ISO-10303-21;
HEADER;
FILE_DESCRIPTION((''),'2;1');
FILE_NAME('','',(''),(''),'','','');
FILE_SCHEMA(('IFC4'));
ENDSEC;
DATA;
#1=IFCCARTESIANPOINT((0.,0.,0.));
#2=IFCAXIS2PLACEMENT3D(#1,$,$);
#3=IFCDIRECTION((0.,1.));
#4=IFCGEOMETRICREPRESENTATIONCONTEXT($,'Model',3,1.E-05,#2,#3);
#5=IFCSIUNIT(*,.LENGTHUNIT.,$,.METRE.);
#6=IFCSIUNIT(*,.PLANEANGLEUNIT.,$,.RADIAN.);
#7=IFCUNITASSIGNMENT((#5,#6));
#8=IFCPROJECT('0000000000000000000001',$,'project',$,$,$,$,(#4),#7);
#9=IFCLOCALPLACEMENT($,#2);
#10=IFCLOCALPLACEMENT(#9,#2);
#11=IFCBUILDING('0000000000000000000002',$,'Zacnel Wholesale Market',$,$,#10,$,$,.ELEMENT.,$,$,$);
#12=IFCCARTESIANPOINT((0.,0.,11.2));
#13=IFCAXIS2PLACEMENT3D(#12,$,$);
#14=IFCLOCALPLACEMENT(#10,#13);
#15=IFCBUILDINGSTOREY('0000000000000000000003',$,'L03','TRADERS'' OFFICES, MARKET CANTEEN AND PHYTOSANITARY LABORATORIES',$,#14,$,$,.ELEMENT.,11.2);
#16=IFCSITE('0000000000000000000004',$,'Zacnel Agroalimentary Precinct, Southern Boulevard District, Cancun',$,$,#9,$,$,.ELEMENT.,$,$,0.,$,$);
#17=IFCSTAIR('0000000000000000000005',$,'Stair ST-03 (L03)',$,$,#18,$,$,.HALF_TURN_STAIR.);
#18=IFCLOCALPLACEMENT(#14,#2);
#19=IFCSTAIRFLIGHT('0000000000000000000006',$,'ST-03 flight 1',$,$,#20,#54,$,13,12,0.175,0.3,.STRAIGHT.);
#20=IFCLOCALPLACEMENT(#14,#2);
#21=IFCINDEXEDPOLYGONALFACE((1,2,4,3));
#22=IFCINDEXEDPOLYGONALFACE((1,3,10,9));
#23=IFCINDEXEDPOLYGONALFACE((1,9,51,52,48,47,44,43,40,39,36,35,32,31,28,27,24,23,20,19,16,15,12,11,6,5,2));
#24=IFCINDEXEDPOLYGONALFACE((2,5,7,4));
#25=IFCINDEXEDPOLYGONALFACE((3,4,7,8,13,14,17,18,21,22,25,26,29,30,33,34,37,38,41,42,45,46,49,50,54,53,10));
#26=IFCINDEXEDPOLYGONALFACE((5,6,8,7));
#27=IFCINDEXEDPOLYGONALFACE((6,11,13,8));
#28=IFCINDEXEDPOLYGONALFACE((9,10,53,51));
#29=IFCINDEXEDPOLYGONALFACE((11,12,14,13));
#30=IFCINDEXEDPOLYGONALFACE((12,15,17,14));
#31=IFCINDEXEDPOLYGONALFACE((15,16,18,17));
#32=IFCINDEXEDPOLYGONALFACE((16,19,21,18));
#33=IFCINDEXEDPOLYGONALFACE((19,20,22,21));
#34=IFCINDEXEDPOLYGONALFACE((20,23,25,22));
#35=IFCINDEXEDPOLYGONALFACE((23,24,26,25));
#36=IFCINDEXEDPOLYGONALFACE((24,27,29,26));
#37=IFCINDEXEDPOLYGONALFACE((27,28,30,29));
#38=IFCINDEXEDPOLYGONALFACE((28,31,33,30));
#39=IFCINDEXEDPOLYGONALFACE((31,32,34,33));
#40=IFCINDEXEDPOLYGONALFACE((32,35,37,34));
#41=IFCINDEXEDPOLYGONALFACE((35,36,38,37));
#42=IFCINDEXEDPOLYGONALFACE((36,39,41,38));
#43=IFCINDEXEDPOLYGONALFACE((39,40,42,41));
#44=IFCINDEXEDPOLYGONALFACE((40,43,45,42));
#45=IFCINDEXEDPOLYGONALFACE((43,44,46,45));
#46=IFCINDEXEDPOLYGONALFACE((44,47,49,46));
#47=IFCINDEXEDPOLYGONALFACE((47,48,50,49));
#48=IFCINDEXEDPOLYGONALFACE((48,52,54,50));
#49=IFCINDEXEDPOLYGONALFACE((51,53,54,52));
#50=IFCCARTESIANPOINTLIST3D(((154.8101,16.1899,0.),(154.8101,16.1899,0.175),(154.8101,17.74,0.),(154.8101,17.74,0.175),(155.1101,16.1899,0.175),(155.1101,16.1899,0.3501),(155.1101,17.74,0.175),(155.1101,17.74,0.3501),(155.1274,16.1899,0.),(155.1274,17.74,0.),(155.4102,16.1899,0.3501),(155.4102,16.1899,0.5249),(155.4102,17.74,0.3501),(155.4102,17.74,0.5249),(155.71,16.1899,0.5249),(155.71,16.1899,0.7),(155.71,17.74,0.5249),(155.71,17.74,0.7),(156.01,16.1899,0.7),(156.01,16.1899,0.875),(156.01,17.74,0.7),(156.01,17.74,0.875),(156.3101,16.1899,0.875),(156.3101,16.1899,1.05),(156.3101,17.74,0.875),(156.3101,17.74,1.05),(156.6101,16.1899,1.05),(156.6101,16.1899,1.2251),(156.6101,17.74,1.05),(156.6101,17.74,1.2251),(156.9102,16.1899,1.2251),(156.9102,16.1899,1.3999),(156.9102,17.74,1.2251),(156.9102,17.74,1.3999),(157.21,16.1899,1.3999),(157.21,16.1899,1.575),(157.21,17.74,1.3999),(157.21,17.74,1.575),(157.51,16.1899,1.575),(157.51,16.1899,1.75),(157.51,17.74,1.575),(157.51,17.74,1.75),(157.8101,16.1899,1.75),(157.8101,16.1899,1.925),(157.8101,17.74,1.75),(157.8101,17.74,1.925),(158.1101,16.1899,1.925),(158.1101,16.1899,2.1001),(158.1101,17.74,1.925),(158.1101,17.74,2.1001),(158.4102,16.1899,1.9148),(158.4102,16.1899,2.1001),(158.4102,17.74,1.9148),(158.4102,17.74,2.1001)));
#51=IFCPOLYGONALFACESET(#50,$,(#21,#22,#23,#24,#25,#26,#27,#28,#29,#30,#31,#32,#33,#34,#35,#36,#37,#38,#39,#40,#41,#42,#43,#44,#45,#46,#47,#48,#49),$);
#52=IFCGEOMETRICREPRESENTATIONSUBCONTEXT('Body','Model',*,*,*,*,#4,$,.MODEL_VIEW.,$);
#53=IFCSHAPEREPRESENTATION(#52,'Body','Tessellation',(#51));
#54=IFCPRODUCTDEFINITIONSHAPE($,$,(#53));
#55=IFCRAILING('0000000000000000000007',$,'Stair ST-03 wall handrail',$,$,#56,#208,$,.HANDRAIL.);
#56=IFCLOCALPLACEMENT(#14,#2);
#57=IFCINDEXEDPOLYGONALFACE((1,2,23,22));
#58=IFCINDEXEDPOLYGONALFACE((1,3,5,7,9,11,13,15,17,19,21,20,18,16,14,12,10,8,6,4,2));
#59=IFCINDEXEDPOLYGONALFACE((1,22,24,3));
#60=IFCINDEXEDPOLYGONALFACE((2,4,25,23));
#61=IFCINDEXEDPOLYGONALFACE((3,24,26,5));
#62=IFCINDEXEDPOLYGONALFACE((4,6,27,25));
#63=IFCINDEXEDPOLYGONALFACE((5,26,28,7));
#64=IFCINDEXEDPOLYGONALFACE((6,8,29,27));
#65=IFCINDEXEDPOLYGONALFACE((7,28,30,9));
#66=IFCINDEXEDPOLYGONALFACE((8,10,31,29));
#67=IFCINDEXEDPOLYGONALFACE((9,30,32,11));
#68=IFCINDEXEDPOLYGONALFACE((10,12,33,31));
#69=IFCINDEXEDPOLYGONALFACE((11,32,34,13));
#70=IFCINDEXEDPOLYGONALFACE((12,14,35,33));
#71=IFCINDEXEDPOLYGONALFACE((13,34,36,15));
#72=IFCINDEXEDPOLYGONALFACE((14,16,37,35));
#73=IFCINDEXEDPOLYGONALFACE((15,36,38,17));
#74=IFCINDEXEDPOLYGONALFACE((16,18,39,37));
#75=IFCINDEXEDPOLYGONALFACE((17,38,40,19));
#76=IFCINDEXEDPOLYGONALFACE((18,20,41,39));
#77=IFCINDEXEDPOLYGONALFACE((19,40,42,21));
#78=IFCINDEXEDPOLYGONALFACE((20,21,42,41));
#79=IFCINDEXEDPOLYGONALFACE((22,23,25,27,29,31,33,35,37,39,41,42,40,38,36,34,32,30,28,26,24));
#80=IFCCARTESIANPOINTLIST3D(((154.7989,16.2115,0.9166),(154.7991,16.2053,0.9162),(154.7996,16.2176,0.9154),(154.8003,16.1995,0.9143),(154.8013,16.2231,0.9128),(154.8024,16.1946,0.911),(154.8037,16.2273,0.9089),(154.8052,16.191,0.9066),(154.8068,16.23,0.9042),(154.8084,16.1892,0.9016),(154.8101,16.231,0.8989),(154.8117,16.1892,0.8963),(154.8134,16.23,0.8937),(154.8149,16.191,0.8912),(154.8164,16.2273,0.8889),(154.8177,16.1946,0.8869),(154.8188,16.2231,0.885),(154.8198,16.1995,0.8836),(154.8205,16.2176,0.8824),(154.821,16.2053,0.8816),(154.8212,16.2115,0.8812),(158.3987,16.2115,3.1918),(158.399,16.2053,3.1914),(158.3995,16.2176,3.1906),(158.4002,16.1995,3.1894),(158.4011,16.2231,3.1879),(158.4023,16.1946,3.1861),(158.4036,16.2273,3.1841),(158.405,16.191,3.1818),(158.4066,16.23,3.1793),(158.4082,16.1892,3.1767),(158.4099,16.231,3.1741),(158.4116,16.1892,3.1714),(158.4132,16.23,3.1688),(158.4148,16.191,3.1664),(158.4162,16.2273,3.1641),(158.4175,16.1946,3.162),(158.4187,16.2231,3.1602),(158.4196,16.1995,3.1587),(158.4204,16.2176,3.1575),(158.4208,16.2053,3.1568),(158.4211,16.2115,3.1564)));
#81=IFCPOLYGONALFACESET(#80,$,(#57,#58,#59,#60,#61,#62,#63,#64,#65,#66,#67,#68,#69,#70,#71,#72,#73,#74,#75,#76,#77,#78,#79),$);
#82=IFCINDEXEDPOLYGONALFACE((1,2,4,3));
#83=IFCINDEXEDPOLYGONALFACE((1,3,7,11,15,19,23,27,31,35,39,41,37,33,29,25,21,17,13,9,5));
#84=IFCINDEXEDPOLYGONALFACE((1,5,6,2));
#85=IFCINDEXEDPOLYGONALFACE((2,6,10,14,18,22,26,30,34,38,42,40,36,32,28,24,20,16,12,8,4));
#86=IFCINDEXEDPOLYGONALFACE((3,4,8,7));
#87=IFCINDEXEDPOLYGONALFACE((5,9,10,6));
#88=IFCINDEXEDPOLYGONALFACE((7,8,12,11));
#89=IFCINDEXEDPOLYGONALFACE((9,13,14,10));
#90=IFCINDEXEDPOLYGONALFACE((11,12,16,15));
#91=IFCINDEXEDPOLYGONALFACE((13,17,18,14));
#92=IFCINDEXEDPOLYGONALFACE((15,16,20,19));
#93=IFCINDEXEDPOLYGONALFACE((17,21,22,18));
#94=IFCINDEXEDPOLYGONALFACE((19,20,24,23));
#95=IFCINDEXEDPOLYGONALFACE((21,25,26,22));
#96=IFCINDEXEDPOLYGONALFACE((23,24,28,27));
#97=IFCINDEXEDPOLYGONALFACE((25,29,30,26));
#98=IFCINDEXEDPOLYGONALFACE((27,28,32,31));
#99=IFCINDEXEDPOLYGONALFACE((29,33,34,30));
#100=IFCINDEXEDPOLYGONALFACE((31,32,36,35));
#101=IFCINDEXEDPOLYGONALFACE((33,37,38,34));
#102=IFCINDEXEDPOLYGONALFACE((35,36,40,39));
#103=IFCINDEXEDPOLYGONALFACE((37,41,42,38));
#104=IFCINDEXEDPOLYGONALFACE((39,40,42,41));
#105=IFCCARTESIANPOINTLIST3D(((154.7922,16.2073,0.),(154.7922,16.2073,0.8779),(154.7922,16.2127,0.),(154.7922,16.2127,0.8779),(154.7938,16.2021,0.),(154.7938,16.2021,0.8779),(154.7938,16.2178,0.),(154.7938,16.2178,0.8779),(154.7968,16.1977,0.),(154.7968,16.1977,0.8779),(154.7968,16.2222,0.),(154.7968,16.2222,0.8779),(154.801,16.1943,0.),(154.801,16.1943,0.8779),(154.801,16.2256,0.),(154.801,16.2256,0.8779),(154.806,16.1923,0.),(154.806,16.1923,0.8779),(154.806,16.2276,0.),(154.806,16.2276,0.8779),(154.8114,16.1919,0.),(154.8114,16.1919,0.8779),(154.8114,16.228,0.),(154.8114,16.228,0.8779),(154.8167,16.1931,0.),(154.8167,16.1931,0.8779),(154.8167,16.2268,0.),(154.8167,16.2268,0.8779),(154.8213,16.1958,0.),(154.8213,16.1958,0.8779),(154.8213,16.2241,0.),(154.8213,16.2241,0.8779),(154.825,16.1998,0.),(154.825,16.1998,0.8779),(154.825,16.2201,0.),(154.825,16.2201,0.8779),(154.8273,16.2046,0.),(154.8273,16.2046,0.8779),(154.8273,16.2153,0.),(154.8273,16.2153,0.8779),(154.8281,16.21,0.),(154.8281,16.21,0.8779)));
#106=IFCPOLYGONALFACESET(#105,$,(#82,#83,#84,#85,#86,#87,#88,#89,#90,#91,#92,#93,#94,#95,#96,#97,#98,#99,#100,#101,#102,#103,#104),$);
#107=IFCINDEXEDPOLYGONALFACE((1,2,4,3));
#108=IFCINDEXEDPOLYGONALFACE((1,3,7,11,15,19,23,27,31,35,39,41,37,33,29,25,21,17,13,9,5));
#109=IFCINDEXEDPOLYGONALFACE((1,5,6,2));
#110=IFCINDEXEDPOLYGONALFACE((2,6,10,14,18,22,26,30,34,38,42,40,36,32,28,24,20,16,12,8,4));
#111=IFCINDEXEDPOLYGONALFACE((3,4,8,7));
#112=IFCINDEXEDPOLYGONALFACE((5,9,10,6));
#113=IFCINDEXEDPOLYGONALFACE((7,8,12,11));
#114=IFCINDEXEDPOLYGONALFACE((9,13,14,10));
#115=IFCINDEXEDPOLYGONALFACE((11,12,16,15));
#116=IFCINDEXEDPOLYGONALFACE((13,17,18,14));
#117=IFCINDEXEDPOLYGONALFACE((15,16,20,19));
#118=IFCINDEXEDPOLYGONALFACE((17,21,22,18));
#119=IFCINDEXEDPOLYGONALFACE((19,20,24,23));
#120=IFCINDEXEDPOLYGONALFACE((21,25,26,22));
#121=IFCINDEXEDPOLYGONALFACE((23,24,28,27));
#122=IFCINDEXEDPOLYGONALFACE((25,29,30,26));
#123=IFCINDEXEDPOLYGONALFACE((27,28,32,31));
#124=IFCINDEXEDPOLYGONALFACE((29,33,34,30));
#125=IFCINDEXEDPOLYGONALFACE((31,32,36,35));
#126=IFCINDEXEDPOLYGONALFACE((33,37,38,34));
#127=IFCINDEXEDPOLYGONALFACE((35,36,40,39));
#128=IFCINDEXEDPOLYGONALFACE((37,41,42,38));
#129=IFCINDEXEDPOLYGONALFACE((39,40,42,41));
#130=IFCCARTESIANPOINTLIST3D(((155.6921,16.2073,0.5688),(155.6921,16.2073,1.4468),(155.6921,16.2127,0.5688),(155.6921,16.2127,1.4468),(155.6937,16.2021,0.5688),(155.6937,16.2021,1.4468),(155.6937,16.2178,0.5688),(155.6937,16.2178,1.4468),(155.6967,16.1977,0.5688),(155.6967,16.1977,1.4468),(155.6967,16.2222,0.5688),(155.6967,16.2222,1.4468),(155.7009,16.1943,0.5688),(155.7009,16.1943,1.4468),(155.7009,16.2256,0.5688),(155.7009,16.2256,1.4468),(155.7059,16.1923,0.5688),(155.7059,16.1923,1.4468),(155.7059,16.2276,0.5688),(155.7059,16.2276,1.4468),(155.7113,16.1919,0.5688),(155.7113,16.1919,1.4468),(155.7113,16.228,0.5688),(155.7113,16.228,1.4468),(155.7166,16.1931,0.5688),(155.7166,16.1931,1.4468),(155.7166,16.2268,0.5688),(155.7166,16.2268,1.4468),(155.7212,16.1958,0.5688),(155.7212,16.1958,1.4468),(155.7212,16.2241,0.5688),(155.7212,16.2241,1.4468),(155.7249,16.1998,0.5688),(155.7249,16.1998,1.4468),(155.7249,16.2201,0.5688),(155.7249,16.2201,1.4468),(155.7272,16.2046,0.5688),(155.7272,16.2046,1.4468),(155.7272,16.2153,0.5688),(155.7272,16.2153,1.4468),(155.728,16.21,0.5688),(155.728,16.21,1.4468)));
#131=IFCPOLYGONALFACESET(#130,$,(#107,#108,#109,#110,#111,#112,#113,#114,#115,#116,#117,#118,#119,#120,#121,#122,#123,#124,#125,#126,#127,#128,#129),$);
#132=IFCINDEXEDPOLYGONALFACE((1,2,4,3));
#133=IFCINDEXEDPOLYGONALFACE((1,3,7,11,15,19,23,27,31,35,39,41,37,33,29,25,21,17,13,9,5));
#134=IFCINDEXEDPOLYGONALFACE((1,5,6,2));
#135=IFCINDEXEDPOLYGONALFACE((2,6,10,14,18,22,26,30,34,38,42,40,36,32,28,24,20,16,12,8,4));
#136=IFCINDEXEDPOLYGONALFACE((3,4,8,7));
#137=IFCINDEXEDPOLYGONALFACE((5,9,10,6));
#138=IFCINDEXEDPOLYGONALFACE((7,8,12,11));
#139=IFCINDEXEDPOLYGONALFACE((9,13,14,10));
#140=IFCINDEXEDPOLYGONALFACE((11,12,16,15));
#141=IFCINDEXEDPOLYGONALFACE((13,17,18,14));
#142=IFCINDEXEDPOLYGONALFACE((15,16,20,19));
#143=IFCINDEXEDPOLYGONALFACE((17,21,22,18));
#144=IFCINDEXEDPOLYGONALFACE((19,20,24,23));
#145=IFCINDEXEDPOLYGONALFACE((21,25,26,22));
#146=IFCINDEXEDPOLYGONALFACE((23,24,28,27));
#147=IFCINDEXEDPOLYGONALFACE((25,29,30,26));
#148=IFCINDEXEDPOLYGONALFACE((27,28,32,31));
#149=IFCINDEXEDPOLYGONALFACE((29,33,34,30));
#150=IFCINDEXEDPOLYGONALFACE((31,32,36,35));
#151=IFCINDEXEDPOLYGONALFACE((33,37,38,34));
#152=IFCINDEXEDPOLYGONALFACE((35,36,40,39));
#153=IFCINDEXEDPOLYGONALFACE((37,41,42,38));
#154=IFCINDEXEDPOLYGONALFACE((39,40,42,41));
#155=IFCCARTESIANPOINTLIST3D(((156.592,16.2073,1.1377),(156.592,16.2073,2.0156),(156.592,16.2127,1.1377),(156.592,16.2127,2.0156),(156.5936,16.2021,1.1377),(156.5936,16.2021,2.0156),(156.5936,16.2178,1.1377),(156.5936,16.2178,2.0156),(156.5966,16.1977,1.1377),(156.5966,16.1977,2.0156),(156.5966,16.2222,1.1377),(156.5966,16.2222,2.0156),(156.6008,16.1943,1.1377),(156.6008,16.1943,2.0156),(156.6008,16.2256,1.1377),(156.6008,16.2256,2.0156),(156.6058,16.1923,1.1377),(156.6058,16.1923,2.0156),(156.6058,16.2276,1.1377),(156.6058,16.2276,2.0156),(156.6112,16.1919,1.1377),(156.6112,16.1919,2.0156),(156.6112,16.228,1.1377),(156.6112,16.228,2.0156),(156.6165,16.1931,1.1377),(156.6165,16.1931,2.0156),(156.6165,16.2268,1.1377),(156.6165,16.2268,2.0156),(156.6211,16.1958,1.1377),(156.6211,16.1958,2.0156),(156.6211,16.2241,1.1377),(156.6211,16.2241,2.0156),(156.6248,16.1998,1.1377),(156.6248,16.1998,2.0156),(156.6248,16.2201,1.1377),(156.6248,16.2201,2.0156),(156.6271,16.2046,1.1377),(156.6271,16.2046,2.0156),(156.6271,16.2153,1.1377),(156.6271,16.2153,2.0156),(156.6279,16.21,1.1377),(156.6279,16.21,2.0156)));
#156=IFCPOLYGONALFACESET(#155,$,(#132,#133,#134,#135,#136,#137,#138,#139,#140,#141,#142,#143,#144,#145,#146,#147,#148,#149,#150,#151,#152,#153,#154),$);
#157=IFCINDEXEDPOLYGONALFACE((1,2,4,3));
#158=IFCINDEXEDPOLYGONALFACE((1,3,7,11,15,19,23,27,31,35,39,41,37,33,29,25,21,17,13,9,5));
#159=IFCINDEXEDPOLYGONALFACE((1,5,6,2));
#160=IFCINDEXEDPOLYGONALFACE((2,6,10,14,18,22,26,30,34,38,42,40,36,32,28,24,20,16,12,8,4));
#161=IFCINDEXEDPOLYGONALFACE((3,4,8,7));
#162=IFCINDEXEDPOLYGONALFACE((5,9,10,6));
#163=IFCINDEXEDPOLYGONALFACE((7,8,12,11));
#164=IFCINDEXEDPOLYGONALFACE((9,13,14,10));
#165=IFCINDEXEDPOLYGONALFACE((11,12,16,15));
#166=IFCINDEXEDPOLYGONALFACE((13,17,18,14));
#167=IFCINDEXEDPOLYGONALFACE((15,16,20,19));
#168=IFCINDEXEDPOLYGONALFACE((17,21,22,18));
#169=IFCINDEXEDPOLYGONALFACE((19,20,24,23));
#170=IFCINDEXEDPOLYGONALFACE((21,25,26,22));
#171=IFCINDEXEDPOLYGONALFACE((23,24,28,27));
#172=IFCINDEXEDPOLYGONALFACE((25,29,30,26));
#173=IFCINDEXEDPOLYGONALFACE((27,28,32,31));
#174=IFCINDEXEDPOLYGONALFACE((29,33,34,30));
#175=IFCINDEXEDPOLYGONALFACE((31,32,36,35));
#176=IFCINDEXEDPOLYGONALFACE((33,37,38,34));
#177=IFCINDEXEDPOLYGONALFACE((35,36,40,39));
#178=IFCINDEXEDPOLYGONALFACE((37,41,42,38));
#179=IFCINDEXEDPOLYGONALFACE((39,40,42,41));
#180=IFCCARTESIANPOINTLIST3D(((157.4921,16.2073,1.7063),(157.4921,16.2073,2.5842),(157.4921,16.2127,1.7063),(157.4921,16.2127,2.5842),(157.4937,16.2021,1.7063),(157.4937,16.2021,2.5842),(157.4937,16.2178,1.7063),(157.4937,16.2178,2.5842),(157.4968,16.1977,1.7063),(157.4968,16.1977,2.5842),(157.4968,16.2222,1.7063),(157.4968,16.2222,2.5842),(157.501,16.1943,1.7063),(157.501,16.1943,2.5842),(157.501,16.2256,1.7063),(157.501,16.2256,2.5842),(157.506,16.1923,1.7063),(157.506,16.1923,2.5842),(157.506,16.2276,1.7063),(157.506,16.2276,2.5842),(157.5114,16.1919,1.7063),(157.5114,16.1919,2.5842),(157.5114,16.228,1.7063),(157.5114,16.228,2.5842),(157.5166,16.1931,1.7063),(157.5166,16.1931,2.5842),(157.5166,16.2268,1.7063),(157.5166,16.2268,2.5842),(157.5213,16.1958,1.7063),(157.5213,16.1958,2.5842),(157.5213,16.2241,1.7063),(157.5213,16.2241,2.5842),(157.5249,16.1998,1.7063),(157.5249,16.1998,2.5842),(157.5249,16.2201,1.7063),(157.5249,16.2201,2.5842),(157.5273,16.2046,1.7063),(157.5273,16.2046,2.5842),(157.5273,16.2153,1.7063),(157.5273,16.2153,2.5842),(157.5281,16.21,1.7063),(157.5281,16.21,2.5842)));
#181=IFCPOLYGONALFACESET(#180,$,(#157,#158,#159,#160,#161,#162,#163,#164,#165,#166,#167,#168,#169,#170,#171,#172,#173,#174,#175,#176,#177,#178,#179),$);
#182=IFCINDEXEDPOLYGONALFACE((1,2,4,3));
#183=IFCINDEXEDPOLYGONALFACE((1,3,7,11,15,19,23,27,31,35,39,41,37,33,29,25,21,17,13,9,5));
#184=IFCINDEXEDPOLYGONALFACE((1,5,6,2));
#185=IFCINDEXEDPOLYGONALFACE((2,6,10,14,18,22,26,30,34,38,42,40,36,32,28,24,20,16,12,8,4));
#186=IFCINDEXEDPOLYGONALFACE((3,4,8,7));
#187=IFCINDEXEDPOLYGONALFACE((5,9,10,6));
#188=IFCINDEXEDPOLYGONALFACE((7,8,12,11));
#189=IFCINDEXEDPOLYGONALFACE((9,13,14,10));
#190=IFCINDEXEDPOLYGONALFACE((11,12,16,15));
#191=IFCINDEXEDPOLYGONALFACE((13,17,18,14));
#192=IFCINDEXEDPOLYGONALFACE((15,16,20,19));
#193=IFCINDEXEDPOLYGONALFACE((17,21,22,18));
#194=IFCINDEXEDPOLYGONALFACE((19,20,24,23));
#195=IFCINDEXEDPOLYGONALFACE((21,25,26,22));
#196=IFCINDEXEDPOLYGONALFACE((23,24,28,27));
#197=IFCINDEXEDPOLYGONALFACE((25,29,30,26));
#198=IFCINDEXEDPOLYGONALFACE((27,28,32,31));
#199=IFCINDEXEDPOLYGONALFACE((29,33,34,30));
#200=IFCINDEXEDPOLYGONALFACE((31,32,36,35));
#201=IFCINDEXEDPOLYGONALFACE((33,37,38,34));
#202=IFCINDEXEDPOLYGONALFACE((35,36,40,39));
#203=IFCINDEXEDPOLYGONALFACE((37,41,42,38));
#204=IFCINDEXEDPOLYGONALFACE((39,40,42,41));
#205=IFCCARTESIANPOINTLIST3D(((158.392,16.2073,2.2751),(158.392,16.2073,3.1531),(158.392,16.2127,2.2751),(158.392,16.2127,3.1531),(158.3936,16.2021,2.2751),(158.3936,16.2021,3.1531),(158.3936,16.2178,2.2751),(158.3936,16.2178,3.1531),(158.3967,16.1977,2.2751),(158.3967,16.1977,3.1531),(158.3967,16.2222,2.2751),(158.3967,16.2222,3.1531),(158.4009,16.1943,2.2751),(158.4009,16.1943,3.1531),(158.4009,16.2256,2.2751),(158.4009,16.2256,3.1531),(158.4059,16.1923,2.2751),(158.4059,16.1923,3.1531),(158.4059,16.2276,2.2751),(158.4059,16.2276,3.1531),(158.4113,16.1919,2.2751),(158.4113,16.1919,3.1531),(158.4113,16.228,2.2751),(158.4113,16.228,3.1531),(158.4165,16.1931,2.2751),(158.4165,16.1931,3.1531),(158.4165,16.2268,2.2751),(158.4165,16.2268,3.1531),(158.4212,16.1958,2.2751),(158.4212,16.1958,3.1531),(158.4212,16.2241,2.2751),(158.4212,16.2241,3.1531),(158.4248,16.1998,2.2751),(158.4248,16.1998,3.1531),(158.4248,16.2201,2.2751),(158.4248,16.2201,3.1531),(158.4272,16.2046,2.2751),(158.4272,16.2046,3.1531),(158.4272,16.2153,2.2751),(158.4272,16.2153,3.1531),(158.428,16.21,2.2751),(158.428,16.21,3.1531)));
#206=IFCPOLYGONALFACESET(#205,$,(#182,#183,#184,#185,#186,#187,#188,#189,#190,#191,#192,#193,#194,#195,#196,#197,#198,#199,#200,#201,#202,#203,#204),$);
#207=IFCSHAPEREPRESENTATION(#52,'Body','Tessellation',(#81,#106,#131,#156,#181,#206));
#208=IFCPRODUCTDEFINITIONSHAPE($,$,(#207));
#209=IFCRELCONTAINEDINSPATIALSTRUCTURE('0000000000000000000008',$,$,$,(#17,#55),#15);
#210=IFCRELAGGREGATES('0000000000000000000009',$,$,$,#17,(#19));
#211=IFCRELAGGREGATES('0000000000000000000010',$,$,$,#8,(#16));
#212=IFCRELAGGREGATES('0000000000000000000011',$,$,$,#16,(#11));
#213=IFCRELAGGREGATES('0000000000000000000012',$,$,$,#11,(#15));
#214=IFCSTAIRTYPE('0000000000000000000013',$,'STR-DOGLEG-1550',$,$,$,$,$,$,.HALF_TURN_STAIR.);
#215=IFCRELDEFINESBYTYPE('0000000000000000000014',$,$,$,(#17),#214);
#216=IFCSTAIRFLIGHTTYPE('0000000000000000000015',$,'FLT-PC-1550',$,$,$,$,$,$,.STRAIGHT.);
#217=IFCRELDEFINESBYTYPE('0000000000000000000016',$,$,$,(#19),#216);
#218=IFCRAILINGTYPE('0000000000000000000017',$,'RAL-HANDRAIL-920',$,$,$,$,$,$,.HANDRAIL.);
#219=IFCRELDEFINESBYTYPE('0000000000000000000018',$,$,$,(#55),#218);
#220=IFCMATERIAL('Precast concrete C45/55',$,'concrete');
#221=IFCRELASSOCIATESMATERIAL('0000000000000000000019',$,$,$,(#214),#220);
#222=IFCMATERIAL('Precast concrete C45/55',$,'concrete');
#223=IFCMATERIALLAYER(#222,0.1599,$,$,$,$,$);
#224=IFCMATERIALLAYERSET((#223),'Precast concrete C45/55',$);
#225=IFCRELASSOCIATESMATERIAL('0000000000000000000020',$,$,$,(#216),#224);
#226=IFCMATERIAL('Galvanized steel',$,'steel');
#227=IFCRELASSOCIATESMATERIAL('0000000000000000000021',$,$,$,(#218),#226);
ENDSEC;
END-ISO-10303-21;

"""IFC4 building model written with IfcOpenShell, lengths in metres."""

from ifc_helpers import new_model, si_unit, direction, frame, origin, origin_2d, place, context, subcontext, project, spatial, polyline, circle, outline, extrude, material, layer, layer_set, type_object, element, aggregate, save


model = new_model("IFC4")

# Units and contexts
model_context = context("Model", 3, precision=1e-05, world=origin(), true_north=direction((0.0, 1.0)))
body_context = subcontext(model_context, "Body", "Model", "MODEL_VIEW")
ifc_project = project(units=[si_unit("LENGTHUNIT", "METRE"), si_unit("PLANEANGLEUNIT", "RADIAN")], contexts=[model_context])

# Site, building, storey
site_placement = place(None, origin())
site = spatial("IfcSite", under=ifc_project, at=site_placement, Name="Zacnel Agroalimentary Precinct, Southern Boulevard District, Cancun", CompositionType="ELEMENT", RefElevation=0.0)
building_placement = place(site_placement, origin())
building = spatial("IfcBuilding", under=site, at=building_placement, Name="Zacnel Wholesale Market", CompositionType="ELEMENT")
storey_placement = place(building_placement, frame((0.0, 0.0, 11.2)))
storey = spatial("IfcBuildingStorey", under=building, at=storey_placement, Name="L03", Description="TRADERS' OFFICES, MARKET CANTEEN AND PHYTOSANITARY LABORATORIES", CompositionType="ELEMENT", Elevation=11.2)

# Stair, stair flight
ifc_material_1 = material(Name="Precast concrete C45/55", Category="concrete")
stair_type = type_object("IfcStairType", Name="STR-DOGLEG-1550", PredefinedType="HALF_TURN_STAIR", material=ifc_material_1)
stair_placement = place(storey_placement, origin())
stair = element("IfcStair", 1, at=stair_placement, inside=storey, type_object=stair_type, Name="Stair ST-03 (L03)", PredefinedType="HALF_TURN_STAIR")
ifc_material_2 = material(Name="Precast concrete C45/55", Category="concrete")
ifc_layer_1 = layer(ifc_material_2, 0.1599)
ifc_layer_set_1 = layer_set([ifc_layer_1], Name="Precast concrete C45/55")
stair_flight_type = type_object("IfcStairFlightType", Name="FLT-PC-1550", PredefinedType="STRAIGHT", material=ifc_layer_set_1)
stair_flight_placement = place(storey_placement, frame((154.8101, 16.9651, 0.0), z_axis=(0.0, 0.0, 1.0), x_axis=(1.0, 0.0, 0.0)))
stair_flight = element("IfcStairFlight", 2, at=stair_flight_placement, type_object=stair_flight_type, Name="ST-03 flight 1", NumberOfRisers=13, NumberOfTreads=12, PredefinedType="STRAIGHT", RiserHeight=0.175, TreadLength=0.3, context=body_context, shape_type="SweptSolid", body=[
    extrude(outline(polyline([(0.0, 0.0), (0.0, 0.175), (0.3, 0.175), (0.3, 0.3501), (0.6001, 0.3501), (0.6001, 0.5249), (0.8999, 0.5249), (0.8999, 0.7), (1.2, 0.7), (1.2, 0.875), (1.5, 0.875), (1.5, 1.05), (1.8, 1.05), (1.8, 1.2251), (2.1001, 1.2251), (2.1001, 1.3999), (2.3999, 1.3999), (2.3999, 1.575), (2.7, 1.575), (2.7, 1.75), (3.0, 1.75), (3.0, 1.925), (3.3, 1.925), (3.3, 2.1001), (3.6001, 2.1001), (3.6001, 2.2749), (3.6001, 1.9148), (0.3174, 0.0), (0.0, 0.0)])), frame((0.0, 0.7749, 0.0), z_axis=(0.0, -1.0, 0.0), x_axis=(1.0, 0.0, 0.0)), (0.0, 0.0, 1.0), 1.55),
])
aggregate(stair, [stair_flight])

# Railing
ifc_material_3 = material(Name="Galvanized steel", Category="steel")
railing_type_1 = type_object("IfcRailingType", Name="RAL-HANDRAIL-920", PredefinedType="HANDRAIL", material=ifc_material_3)
railing_1_placement = place(storey_placement, frame((154.8101, 16.21, 0.0)))
element("IfcRailing", 3, at=railing_1_placement, inside=storey, type_object=railing_type_1, Name="Stair ST-03 wall handrail", PredefinedType="HANDRAIL", context=body_context, shape_type="SweptSolid", body=[
    extrude(circle(Radius=0.021, at=origin_2d()), frame((0.0, 0.0, 0.8989), z_axis=(0.845324, 0.0, 0.534254), x_axis=(0.0, 1.0, 0.0)), (0.0, 0.0, 1.0), 4.2585),
    extrude(circle(Radius=0.0181, at=origin_2d()), origin(), (0.0, 0.0, 1.0), 0.8779),
    extrude(circle(Radius=0.0181, at=origin_2d()), frame((0.8999, 0.0, 0.5688)), (0.0, 0.0, 1.0), 0.8779),
    extrude(circle(Radius=0.0181, at=origin_2d()), frame((1.7998, 0.0, 1.1377)), (0.0, 0.0, 1.0), 0.8779),
    extrude(circle(Radius=0.0181, at=origin_2d()), frame((2.7, 0.0, 1.7063)), (0.0, 0.0, 1.0), 0.8779),
    extrude(circle(Radius=0.0181, at=origin_2d()), frame((3.5999, 0.0, 2.2751)), (0.0, 0.0, 1.0), 0.8779),
])

save(model, "model.ifc")
